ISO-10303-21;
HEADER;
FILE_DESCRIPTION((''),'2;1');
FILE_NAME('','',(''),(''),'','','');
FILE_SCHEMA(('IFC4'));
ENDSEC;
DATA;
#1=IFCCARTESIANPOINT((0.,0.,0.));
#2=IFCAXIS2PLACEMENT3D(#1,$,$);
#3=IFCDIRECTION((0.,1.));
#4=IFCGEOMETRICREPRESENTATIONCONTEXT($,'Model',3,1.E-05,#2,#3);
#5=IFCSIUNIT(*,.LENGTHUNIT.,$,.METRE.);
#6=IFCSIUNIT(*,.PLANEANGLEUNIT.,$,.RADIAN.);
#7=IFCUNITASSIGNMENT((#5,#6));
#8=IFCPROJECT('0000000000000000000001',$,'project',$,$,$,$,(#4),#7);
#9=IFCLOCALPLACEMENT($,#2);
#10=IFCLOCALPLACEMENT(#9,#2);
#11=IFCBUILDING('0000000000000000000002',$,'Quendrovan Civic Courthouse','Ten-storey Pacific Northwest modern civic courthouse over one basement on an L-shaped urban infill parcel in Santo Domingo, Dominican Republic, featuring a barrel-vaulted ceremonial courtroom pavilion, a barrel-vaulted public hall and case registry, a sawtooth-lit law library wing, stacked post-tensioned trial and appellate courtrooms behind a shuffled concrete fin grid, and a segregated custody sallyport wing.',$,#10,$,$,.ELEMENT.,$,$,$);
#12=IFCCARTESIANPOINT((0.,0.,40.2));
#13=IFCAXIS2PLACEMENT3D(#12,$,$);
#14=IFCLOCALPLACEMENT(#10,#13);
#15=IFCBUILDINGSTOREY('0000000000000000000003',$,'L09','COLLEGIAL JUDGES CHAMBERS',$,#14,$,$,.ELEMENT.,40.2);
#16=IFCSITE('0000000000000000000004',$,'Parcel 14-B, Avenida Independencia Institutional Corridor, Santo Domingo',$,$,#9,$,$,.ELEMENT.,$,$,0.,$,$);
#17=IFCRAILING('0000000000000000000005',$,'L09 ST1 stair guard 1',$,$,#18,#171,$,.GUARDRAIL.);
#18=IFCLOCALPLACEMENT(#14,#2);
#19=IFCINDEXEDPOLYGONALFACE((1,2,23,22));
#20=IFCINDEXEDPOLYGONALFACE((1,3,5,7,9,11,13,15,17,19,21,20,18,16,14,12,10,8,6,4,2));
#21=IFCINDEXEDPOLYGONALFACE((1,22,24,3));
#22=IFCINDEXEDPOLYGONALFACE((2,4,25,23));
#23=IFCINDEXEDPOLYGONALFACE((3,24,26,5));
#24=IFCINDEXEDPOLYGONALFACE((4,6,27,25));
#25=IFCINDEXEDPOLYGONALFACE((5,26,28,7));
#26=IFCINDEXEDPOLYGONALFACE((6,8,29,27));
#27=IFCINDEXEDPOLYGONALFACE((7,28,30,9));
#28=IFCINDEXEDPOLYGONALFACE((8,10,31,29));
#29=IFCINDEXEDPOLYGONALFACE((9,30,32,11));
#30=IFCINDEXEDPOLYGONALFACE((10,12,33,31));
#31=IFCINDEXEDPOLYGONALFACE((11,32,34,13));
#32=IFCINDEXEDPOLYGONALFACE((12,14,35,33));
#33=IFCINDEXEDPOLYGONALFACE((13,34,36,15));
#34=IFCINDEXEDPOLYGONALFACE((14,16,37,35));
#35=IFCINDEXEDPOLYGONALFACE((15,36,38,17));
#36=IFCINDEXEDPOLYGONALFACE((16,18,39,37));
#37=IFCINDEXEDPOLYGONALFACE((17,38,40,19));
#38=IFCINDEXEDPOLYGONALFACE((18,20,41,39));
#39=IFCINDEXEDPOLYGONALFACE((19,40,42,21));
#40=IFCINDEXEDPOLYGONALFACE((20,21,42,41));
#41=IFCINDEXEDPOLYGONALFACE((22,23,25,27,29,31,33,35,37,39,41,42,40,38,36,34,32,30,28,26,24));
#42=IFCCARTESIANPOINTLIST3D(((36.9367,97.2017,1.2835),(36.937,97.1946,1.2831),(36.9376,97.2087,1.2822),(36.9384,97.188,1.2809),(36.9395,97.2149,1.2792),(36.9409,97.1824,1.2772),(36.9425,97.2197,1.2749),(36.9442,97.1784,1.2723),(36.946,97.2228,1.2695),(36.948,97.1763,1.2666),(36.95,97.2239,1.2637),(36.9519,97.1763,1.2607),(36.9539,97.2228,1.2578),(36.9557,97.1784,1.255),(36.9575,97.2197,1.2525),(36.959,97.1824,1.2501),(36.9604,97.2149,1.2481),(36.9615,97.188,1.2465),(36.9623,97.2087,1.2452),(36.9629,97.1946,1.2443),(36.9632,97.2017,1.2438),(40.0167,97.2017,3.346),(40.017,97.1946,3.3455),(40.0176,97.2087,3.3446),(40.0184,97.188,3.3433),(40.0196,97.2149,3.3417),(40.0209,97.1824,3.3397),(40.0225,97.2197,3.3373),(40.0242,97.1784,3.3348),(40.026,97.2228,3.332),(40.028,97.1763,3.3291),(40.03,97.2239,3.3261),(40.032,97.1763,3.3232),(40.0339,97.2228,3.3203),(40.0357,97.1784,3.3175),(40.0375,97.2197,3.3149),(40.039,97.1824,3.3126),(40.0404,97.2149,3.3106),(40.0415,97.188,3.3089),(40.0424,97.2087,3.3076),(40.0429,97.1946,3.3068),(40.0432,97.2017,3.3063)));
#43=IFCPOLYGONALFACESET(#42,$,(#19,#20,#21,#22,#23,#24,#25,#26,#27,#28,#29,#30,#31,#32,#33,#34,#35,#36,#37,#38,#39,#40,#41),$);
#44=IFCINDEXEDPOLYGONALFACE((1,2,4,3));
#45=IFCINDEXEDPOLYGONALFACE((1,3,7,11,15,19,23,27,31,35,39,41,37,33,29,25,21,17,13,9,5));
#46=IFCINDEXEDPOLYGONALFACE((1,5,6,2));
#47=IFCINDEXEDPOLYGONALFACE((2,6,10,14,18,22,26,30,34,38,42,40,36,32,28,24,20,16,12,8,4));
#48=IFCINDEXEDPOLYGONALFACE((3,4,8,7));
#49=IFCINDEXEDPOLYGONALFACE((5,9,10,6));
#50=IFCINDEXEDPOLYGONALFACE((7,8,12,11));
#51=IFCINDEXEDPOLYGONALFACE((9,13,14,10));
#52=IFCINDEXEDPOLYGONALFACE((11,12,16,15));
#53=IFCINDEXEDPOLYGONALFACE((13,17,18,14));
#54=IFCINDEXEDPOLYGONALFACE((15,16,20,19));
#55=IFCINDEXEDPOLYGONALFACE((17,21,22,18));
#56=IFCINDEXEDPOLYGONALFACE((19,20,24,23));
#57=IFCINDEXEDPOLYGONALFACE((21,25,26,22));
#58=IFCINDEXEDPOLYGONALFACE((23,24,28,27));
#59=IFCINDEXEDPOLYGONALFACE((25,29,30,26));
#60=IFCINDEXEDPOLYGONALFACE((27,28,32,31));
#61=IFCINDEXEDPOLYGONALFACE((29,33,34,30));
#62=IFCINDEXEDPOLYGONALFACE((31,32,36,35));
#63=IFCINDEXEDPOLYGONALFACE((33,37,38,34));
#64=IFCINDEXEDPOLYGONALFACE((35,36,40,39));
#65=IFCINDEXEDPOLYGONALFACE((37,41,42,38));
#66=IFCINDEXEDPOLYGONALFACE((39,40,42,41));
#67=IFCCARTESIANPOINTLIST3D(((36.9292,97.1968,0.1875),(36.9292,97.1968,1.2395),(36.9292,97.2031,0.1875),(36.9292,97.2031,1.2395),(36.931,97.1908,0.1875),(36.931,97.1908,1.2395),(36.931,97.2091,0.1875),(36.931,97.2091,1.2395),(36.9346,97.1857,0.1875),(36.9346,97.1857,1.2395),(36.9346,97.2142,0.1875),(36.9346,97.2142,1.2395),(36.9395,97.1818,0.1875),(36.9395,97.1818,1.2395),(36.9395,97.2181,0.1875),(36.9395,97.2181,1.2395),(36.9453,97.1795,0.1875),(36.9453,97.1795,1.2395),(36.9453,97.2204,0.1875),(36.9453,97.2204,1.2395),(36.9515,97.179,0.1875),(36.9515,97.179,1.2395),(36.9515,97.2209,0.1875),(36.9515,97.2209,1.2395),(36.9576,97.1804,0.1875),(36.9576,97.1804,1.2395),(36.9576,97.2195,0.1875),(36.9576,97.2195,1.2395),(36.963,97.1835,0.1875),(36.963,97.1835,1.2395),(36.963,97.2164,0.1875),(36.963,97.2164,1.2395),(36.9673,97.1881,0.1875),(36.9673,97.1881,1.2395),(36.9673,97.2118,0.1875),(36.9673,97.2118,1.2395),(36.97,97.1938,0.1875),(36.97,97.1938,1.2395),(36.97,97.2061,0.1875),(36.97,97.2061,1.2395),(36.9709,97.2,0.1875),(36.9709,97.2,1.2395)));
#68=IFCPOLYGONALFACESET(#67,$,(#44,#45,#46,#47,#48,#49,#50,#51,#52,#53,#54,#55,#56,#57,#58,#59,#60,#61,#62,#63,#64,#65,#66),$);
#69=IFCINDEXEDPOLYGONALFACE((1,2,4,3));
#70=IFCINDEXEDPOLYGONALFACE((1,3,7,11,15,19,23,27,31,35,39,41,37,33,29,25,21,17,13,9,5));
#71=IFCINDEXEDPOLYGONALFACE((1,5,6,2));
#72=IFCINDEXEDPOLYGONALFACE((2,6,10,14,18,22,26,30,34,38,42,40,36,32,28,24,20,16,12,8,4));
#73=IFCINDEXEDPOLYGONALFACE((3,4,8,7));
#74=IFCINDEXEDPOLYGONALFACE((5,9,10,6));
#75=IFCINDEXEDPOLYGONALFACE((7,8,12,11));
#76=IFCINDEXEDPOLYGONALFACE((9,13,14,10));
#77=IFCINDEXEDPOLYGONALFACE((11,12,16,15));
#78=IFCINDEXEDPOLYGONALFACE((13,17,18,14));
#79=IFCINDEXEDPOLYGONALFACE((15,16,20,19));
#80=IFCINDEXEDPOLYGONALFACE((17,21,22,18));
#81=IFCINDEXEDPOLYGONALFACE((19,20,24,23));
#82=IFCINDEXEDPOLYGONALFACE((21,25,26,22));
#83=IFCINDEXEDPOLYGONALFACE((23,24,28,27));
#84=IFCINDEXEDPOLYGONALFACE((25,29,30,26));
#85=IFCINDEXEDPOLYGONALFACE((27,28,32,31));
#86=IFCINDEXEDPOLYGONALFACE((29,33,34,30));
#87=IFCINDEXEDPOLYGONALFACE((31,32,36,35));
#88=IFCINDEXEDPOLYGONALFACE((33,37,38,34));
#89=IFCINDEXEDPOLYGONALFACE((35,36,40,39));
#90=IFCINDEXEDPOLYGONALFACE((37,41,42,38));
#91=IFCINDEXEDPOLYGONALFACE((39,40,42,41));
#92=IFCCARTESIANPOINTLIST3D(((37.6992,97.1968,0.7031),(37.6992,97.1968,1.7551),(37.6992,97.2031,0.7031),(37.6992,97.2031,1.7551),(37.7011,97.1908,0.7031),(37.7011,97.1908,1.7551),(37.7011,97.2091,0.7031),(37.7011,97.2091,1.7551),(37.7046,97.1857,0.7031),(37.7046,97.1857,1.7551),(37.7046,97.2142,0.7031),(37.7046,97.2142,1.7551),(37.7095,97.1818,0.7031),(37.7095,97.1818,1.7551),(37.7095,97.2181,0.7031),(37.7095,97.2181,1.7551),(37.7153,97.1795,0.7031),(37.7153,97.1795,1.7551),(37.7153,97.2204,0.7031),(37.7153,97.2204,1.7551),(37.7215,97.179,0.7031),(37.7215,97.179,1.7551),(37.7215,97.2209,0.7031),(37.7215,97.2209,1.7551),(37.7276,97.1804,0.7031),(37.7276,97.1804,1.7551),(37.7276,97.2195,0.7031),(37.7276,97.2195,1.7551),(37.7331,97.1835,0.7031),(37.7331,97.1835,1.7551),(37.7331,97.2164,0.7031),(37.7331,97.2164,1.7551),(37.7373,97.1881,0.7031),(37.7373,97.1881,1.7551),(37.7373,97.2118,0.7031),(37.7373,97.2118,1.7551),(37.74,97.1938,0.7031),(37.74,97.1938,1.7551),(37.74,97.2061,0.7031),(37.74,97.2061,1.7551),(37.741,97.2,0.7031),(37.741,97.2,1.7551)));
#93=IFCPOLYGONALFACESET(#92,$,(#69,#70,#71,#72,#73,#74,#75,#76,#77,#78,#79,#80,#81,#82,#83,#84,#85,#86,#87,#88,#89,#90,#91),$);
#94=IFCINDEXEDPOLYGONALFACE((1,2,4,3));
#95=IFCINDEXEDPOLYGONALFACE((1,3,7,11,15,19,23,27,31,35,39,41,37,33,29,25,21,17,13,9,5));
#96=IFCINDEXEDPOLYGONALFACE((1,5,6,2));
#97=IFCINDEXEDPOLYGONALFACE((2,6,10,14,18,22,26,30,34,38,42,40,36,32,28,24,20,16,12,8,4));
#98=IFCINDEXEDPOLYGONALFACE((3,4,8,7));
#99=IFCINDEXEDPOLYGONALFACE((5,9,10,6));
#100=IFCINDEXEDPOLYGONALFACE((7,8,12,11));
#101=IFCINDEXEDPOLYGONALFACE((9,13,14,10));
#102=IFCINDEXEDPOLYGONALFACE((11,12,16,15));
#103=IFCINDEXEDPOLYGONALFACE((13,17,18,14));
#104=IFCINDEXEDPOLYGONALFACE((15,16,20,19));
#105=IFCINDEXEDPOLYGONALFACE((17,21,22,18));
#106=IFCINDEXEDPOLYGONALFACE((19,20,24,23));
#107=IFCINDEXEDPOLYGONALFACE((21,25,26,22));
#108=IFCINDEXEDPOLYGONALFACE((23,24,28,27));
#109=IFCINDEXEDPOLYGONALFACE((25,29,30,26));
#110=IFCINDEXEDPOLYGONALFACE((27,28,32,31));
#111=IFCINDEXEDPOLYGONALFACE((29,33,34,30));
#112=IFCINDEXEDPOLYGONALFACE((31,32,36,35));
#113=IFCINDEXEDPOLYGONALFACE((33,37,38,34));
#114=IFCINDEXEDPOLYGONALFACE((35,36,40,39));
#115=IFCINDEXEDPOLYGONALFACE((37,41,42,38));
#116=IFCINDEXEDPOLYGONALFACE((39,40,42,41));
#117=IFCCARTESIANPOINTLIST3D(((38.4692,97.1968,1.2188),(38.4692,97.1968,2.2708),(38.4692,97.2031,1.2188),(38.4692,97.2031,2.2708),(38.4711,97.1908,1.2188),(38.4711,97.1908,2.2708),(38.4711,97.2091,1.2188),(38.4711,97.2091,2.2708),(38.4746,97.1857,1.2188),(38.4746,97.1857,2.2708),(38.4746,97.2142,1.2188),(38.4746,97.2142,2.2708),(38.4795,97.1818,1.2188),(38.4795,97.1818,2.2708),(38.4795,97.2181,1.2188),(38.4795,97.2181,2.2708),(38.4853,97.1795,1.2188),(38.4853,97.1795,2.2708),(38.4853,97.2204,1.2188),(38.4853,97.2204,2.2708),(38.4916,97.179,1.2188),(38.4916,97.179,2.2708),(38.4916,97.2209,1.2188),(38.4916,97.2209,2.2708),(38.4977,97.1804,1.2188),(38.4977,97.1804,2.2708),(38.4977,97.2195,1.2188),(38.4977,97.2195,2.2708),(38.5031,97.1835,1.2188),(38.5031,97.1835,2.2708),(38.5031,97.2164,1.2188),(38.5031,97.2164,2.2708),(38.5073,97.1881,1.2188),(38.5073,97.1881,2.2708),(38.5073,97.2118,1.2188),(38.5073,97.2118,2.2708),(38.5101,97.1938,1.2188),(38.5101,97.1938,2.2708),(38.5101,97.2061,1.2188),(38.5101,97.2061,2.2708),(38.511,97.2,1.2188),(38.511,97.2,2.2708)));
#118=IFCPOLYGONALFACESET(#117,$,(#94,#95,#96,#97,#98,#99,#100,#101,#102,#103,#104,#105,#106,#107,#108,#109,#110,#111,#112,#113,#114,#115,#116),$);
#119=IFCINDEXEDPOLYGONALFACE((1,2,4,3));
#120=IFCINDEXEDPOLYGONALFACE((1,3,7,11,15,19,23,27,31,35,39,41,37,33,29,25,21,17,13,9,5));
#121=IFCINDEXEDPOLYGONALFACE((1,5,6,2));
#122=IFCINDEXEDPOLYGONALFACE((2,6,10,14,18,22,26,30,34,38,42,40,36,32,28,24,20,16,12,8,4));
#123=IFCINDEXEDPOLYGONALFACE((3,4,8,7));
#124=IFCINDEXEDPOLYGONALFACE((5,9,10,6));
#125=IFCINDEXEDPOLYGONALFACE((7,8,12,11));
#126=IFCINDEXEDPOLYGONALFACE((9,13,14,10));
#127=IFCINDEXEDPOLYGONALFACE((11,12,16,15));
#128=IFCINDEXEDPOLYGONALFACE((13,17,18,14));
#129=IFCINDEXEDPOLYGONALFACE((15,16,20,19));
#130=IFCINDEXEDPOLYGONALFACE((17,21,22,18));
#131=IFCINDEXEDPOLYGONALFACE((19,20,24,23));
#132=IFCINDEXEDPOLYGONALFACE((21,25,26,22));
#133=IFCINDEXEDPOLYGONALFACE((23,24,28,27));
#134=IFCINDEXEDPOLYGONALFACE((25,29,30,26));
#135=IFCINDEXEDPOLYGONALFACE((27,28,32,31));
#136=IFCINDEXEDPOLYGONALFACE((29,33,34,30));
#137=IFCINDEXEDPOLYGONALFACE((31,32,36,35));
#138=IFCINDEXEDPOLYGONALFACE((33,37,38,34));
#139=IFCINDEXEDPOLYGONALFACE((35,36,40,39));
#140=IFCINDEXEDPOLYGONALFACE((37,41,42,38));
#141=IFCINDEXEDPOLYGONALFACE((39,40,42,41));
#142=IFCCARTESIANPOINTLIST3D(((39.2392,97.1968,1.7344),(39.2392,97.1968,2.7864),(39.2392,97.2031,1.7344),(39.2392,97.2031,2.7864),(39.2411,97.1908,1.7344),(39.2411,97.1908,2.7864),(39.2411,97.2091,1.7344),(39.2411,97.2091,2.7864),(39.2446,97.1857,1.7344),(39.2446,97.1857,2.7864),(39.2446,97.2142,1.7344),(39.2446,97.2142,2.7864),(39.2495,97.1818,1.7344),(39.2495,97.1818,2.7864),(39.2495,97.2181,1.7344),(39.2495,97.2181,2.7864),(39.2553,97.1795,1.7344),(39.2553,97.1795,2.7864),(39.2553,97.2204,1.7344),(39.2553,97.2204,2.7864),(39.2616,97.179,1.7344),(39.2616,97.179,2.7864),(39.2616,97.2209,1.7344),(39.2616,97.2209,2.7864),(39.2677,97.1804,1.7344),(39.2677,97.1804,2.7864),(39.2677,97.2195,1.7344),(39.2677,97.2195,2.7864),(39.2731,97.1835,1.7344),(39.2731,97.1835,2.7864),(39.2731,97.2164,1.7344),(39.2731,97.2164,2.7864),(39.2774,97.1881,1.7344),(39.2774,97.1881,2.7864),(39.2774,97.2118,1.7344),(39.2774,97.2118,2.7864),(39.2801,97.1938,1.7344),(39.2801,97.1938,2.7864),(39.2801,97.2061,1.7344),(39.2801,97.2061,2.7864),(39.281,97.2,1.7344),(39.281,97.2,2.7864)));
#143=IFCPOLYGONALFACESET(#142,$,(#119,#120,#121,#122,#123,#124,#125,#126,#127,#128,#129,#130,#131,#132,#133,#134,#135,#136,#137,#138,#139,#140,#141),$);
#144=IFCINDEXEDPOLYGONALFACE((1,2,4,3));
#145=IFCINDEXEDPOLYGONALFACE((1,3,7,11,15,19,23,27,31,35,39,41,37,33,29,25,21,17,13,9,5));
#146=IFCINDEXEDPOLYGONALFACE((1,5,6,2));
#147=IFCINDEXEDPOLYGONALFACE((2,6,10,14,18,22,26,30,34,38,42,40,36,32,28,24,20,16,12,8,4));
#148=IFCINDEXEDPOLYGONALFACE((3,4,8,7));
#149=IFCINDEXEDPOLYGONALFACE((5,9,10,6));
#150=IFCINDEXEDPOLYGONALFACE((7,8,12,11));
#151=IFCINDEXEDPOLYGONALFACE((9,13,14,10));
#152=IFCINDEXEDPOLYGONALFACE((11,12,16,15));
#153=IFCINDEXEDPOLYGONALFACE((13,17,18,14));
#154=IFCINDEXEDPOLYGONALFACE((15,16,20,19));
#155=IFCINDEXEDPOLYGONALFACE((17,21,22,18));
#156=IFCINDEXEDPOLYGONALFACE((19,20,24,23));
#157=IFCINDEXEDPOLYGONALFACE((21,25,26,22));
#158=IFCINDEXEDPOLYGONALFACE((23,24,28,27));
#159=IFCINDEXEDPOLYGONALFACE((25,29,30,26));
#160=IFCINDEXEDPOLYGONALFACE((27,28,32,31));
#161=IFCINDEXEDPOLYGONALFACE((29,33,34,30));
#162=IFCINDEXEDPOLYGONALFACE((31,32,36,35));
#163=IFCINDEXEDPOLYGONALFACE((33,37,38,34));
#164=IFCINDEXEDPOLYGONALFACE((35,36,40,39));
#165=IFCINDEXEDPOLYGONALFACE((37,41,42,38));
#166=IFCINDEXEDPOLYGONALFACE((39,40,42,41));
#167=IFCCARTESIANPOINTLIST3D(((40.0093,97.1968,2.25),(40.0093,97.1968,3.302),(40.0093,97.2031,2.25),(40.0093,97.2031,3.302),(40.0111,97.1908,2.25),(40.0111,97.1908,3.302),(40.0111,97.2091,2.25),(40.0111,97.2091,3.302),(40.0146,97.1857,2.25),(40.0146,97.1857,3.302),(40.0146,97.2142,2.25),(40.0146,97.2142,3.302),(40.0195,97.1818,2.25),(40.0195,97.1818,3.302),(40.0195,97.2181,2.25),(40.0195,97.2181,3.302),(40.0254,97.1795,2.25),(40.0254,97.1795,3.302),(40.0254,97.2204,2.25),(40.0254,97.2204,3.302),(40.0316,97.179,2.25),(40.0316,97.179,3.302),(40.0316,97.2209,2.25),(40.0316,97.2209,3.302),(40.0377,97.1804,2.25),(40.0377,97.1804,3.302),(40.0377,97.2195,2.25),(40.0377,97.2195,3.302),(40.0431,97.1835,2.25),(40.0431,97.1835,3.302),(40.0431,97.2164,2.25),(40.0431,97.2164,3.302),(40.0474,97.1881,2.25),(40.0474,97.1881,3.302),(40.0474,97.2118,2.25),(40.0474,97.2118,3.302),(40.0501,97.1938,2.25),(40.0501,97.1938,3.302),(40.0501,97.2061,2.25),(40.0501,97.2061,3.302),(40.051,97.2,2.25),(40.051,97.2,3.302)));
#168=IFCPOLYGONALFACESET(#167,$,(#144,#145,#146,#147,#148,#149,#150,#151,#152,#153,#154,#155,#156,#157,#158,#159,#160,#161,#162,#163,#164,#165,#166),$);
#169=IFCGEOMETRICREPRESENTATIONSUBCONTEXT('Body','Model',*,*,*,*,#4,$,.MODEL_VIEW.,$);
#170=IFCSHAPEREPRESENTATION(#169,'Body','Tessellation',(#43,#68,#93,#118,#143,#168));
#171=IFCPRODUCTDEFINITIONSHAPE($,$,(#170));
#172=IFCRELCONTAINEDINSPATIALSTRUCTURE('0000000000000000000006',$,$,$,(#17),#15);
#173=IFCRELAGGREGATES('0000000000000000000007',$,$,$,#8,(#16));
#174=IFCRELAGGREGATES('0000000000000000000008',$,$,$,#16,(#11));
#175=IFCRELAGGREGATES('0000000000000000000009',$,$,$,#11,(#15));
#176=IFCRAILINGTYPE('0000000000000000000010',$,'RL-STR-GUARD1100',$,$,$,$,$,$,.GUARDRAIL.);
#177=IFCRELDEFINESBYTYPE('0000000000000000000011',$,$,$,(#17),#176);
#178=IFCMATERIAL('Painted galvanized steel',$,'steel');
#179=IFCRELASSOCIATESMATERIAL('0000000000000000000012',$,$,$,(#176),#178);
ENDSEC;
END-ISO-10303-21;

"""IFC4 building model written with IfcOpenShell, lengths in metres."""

from ifc_helpers import new_model, si_unit, direction, frame, origin, origin_2d, place, context, subcontext, project, spatial, circle, extrude, material, type_object, element, save


model = new_model("IFC4")

# Units and contexts
model_context = context("Model", 3, precision=1e-05, world=origin(), true_north=direction((0.0, 1.0)))
body_context = subcontext(model_context, "Body", "Model", "MODEL_VIEW")
ifc_project = project(units=[si_unit("LENGTHUNIT", "METRE"), si_unit("PLANEANGLEUNIT", "RADIAN")], contexts=[model_context])

# Site, building, storey
site_placement = place(None, origin())
site = spatial("IfcSite", under=ifc_project, at=site_placement, Name="Parcel 14-B, Avenida Independencia Institutional Corridor, Santo Domingo", CompositionType="ELEMENT", RefElevation=0.0)
building_placement = place(site_placement, origin())
building = spatial("IfcBuilding", under=site, at=building_placement, Name="Quendrovan Civic Courthouse", Description="Ten-storey Pacific Northwest modern civic courthouse over one basement on an L-shaped urban infill parcel in Santo Domingo, Dominican Republic, featuring a barrel-vaulted ceremonial courtroom pavilion, a barrel-vaulted public hall and case registry, a sawtooth-lit law library wing, stacked post-tensioned trial and appellate courtrooms behind a shuffled concrete fin grid, and a segregated custody sallyport wing.", CompositionType="ELEMENT")
storey_placement = place(building_placement, frame((0.0, 0.0, 40.2)))
storey = spatial("IfcBuildingStorey", under=building, at=storey_placement, Name="L09", Description="COLLEGIAL JUDGES CHAMBERS", CompositionType="ELEMENT", Elevation=40.2)

# Railing
ifc_material_1 = material(Name="Painted galvanized steel", Category="steel")
railing_type_1 = type_object("IfcRailingType", Name="RL-STR-GUARD1100", PredefinedType="GUARDRAIL", material=ifc_material_1)
railing_1_placement = place(storey_placement, frame((36.95, 97.2, 0.1875)))
element("IfcRailing", 1, at=railing_1_placement, inside=storey, type_object=railing_type_1, Name="L09 ST1 stair guard 1", PredefinedType="GUARDRAIL", context=body_context, shape_type="SweptSolid", body=[
    extrude(circle(Radius=0.0239, at=origin_2d()), frame((0.0, 0.0, 1.0762), z_axis=(0.830914, 0.0, 0.556401), x_axis=(0.0, 1.0, 0.0)), (0.0, 0.0, 1.0), 3.7068),
    extrude(circle(Radius=0.021, at=origin_2d()), origin(), (0.0, 0.0, 1.0), 1.052),
    extrude(circle(Radius=0.021, at=origin_2d()), frame((0.77, 0.0, 0.5156)), (0.0, 0.0, 1.0), 1.052),
    extrude(circle(Radius=0.021, at=origin_2d()), frame((1.54, 0.0, 1.0312)), (0.0, 0.0, 1.0), 1.052),
    extrude(circle(Radius=0.021, at=origin_2d()), frame((2.3101, 0.0, 1.5469)), (0.0, 0.0, 1.0), 1.052),
    extrude(circle(Radius=0.021, at=origin_2d()), frame((3.0801, 0.0, 2.0625)), (0.0, 0.0, 1.0), 1.052),
])

save(model, "model.ifc")
